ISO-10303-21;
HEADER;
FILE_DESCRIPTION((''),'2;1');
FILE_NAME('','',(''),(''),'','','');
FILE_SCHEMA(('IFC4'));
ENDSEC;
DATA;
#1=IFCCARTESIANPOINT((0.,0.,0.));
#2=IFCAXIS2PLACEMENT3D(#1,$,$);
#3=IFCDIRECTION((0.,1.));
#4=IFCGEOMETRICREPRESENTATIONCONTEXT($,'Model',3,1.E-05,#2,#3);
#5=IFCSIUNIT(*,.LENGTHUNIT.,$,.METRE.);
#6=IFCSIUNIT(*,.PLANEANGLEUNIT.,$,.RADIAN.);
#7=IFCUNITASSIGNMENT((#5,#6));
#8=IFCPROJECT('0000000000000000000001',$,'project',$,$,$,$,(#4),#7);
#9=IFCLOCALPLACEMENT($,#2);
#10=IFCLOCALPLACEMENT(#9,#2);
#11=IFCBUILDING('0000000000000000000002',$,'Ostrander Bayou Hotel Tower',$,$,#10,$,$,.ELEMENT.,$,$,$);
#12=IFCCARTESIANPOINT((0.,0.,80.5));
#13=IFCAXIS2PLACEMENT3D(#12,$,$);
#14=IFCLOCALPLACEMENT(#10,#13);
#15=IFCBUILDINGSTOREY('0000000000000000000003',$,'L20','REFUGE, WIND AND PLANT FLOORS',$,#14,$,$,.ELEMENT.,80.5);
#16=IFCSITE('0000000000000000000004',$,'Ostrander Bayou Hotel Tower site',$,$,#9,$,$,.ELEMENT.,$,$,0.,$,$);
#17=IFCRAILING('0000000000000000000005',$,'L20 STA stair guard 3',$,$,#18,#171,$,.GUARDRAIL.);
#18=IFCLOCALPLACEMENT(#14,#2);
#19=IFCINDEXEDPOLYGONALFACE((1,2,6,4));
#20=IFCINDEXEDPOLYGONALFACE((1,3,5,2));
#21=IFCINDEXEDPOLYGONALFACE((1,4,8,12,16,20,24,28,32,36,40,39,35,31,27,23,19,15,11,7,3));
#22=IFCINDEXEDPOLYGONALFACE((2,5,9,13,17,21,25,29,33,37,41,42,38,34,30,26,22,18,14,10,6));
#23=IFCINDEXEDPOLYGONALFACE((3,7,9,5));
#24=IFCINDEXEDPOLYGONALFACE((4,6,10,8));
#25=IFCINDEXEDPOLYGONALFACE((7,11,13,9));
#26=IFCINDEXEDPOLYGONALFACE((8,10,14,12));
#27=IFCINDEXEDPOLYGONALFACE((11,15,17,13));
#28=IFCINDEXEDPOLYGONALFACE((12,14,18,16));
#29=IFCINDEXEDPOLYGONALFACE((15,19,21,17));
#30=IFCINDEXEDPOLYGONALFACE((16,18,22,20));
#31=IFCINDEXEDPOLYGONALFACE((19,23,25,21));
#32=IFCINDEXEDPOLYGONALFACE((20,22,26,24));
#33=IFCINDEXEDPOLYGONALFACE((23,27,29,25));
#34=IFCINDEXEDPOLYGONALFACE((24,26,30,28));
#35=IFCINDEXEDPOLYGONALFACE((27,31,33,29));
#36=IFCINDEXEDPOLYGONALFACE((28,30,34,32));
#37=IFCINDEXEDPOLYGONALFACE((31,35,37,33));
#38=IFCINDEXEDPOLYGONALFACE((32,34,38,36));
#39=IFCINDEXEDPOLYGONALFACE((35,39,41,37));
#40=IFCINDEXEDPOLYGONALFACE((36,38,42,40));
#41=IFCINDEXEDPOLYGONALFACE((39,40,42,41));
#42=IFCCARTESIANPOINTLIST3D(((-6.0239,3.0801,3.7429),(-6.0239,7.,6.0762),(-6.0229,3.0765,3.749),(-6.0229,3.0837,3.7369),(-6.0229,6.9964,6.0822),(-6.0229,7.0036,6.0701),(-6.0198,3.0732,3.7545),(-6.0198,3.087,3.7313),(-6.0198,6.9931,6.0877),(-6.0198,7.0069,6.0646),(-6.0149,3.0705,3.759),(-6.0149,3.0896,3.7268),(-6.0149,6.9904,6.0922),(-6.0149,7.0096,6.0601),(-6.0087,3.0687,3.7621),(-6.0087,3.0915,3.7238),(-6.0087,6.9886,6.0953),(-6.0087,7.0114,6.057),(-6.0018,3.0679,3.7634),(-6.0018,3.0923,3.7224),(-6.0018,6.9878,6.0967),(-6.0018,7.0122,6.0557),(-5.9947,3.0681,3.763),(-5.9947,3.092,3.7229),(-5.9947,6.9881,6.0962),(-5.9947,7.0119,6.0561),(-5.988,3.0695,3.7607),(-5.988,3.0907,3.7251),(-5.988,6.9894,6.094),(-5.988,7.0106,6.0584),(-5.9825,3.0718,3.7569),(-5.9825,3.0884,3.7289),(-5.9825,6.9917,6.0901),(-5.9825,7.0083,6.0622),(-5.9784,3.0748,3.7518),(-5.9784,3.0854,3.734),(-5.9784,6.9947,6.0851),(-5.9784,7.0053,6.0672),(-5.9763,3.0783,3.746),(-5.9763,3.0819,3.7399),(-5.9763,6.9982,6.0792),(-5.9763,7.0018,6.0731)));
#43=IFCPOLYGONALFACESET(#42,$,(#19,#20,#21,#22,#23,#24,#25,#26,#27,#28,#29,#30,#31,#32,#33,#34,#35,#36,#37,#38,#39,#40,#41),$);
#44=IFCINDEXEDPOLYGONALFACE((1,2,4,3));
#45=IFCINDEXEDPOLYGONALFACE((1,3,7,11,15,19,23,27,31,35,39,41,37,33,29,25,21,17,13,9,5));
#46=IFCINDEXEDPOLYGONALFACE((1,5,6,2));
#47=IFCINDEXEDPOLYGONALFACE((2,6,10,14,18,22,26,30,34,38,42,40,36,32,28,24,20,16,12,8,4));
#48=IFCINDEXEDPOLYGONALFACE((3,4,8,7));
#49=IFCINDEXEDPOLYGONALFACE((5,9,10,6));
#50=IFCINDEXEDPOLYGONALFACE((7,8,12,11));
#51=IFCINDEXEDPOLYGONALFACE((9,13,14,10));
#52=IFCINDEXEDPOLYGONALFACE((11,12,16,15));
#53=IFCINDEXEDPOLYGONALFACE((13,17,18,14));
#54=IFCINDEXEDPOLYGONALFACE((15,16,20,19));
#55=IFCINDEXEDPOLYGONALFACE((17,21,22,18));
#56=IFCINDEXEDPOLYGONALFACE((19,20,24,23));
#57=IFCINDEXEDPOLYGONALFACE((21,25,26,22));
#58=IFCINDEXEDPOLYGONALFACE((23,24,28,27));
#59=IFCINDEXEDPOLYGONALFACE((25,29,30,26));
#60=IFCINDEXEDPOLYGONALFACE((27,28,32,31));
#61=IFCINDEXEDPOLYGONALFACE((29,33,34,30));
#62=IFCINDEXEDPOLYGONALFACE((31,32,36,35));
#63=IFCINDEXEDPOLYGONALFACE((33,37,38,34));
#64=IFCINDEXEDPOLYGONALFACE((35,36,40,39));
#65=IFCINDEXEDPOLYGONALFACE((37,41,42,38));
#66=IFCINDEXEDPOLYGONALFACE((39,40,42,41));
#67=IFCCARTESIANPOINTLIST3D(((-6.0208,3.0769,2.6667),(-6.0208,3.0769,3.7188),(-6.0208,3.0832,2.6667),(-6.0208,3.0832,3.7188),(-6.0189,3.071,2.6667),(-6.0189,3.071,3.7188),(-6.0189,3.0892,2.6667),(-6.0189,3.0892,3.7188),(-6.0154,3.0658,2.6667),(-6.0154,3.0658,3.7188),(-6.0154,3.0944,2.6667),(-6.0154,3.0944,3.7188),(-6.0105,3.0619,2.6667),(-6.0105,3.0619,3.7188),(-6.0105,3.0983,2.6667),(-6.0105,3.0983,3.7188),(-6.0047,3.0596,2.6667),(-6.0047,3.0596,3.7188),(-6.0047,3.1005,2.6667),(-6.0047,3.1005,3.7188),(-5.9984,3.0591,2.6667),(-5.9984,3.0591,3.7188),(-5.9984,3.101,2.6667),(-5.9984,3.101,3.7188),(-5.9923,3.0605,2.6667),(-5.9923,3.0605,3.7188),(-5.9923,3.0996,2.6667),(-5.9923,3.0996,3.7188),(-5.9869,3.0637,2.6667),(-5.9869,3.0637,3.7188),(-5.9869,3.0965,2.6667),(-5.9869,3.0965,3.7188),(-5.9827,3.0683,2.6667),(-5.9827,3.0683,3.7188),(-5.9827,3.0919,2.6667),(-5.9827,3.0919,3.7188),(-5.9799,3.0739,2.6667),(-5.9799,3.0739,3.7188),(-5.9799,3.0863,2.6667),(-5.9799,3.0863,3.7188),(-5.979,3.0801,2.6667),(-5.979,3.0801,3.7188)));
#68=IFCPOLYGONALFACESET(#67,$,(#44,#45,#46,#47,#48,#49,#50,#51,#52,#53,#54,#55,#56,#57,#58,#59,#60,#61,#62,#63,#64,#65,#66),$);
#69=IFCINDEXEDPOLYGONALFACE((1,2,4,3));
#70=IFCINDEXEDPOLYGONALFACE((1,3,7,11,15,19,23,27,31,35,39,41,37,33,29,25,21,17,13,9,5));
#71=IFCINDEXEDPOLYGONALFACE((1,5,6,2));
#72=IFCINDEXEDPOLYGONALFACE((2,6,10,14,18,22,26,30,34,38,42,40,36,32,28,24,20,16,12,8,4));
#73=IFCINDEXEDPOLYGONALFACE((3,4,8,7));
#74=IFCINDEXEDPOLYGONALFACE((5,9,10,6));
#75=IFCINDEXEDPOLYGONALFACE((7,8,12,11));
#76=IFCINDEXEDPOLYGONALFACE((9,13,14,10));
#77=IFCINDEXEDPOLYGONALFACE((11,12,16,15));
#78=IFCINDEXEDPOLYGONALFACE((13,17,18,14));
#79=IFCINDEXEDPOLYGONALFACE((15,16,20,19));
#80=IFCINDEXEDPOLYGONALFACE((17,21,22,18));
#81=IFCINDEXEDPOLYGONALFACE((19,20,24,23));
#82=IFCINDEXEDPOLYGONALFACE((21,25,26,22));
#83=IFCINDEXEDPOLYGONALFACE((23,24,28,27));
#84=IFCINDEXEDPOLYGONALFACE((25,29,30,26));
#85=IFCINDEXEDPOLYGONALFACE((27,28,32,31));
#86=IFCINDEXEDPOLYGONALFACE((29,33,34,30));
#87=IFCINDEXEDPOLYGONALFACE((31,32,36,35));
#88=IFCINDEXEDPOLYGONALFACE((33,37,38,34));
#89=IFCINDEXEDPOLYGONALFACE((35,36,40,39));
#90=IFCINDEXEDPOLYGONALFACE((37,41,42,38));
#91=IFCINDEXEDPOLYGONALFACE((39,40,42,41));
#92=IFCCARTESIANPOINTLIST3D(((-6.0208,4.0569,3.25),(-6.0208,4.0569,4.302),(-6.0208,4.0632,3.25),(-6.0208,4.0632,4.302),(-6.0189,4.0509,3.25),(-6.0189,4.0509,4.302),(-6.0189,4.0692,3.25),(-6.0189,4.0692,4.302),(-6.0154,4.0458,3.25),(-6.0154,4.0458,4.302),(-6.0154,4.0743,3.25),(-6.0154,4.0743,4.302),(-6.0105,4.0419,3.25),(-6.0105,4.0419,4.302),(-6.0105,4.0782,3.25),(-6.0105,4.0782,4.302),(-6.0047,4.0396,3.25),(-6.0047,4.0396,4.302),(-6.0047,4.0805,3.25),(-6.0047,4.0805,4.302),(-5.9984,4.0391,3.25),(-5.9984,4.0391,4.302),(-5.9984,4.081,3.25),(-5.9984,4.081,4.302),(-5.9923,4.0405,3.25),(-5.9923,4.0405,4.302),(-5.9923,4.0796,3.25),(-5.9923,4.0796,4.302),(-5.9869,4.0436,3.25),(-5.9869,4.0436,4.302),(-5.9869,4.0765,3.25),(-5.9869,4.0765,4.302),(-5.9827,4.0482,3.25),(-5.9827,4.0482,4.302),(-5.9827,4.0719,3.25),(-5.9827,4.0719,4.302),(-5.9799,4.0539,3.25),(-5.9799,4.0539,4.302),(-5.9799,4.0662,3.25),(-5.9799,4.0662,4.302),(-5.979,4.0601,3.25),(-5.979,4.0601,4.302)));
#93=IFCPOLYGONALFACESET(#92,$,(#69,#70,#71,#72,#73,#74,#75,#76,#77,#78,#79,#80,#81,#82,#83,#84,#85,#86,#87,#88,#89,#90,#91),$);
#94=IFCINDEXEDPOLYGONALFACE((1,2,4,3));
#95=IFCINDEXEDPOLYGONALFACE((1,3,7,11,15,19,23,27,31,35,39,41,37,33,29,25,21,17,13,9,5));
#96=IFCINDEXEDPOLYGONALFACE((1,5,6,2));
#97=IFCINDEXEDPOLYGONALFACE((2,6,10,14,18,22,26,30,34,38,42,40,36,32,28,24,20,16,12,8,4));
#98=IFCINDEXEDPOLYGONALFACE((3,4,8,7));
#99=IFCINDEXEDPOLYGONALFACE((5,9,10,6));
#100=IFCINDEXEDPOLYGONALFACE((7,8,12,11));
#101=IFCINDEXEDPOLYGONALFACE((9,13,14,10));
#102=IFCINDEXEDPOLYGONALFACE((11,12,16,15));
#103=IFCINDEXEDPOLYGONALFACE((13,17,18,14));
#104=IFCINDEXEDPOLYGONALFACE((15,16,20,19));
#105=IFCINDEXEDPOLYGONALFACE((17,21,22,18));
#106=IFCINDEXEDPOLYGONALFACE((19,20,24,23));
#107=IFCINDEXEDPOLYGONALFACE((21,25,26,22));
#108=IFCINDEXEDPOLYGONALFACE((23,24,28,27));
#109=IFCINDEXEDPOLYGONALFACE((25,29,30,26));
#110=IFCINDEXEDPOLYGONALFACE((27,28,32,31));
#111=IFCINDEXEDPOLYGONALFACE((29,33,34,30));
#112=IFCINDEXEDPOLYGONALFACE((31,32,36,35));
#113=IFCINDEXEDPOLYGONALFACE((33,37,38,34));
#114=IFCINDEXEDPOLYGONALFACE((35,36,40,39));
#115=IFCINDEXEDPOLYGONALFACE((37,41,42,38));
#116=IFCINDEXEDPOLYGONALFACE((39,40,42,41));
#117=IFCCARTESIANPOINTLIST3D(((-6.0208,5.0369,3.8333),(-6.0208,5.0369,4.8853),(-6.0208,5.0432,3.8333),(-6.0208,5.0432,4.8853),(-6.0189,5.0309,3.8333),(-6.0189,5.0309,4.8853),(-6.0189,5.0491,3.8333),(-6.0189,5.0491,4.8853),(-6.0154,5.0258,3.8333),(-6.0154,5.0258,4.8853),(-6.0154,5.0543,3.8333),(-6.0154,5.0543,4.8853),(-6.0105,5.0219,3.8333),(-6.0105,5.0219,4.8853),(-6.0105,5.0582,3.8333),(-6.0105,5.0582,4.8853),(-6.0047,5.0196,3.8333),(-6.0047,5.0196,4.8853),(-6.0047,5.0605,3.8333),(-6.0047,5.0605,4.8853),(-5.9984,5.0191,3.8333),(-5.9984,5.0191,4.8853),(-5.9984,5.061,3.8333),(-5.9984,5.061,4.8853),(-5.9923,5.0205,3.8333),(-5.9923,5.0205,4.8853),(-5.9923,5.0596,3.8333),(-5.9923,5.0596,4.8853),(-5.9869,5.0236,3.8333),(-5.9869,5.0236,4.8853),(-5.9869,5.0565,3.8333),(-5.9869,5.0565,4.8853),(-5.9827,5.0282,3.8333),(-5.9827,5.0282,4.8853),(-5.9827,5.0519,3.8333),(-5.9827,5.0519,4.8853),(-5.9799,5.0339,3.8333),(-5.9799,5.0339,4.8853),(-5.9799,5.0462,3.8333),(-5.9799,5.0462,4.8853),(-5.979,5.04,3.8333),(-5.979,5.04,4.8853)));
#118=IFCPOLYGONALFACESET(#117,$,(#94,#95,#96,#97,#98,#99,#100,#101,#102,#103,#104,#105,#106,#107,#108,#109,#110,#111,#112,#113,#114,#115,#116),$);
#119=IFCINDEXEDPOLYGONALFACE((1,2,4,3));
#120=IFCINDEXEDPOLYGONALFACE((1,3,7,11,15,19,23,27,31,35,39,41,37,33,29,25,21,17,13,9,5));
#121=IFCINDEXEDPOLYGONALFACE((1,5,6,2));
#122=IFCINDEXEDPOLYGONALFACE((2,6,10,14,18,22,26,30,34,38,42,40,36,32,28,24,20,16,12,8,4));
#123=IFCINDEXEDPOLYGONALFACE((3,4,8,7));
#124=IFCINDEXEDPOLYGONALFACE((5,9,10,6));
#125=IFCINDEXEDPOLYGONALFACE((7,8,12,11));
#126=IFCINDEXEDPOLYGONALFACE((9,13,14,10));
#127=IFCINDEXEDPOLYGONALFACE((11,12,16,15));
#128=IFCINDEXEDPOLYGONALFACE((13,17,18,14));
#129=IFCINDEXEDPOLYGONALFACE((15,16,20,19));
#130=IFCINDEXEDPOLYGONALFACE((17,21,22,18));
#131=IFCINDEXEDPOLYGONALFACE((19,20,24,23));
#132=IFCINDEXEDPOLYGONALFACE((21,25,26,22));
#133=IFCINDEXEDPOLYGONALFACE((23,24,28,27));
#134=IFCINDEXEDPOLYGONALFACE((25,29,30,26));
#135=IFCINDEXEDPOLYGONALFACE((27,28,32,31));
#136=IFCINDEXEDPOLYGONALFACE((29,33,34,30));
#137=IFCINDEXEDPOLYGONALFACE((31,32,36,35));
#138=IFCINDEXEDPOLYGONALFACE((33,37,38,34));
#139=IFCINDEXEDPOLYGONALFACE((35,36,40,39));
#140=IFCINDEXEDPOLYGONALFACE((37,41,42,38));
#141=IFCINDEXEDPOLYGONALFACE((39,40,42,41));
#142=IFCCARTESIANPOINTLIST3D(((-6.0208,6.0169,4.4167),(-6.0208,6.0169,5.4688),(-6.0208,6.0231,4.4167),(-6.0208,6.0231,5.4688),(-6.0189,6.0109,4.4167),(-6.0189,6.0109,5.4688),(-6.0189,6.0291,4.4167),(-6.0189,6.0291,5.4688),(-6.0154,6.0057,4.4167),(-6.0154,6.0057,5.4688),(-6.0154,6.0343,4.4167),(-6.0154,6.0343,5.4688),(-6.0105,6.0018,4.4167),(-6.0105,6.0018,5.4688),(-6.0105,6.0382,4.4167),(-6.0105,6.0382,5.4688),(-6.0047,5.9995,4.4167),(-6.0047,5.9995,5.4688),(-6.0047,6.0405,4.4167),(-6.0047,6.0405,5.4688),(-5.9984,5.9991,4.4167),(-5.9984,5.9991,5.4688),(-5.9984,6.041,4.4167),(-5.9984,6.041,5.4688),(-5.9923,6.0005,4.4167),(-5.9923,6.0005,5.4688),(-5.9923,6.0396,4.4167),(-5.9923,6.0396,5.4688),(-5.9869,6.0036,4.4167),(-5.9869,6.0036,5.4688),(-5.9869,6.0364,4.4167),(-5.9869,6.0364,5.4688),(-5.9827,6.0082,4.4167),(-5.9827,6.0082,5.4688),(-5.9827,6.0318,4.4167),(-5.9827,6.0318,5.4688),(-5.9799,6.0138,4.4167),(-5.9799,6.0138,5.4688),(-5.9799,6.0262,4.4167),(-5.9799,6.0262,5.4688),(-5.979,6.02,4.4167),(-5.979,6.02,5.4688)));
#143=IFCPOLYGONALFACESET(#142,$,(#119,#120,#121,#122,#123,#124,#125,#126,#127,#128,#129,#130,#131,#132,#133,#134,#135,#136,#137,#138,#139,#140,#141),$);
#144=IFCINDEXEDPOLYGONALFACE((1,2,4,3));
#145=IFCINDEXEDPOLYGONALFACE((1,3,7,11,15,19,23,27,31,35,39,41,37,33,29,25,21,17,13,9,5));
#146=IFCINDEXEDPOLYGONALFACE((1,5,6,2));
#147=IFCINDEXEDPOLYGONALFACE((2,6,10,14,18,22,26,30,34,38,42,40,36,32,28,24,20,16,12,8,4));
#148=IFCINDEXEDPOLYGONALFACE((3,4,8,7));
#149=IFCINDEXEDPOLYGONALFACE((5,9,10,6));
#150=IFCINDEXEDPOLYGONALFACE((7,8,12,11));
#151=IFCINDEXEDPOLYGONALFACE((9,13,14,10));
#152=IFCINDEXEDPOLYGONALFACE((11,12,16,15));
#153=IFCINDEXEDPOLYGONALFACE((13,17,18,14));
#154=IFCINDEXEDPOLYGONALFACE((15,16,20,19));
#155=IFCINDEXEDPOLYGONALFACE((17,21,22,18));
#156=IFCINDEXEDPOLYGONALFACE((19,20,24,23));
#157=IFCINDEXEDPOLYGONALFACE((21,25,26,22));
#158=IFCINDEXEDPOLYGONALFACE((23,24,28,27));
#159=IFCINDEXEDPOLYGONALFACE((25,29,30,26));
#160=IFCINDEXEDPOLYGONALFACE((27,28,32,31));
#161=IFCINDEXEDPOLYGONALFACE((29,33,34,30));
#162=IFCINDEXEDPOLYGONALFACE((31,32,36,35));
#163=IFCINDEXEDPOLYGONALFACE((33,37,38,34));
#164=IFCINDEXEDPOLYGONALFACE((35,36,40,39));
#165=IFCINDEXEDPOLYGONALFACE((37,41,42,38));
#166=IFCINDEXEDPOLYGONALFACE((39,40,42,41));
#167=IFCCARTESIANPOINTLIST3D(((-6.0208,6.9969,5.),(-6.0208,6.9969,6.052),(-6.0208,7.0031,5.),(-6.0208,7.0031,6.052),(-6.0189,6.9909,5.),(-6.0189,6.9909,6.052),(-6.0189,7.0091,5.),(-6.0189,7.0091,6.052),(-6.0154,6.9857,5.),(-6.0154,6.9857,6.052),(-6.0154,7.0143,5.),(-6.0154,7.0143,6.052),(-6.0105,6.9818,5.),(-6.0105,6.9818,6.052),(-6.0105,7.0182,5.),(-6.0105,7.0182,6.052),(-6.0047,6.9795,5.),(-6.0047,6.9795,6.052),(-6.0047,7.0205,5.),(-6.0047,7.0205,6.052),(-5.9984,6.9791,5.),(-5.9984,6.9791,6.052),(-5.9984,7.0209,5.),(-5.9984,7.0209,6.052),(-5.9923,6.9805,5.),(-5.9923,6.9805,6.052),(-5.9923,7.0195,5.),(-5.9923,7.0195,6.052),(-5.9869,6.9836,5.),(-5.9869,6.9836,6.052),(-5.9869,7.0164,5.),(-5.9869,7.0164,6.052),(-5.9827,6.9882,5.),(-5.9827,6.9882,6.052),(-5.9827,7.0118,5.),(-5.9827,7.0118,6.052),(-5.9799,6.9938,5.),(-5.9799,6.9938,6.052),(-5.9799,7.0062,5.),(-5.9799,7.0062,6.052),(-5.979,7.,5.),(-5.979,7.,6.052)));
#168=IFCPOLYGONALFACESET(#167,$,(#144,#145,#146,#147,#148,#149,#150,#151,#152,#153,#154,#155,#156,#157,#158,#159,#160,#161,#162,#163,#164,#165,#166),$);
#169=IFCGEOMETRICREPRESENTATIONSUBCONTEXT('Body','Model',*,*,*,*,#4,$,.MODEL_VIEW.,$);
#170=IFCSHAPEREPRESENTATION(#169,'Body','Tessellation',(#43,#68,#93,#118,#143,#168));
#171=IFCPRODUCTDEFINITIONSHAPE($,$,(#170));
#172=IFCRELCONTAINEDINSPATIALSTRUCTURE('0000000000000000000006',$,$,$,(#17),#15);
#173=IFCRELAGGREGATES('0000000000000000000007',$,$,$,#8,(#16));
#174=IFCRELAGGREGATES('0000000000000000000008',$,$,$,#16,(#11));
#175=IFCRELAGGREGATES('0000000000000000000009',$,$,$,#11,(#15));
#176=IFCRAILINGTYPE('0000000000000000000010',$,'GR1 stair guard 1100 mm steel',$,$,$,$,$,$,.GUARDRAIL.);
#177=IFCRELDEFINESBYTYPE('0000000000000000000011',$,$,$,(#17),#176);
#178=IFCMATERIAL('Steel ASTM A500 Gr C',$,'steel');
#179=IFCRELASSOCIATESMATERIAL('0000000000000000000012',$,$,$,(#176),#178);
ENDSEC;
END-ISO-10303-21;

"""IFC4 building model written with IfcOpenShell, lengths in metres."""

from ifc_helpers import new_model, si_unit, direction, frame, origin, origin_2d, place, context, subcontext, project, spatial, circle, extrude, material, type_object, element, save


model = new_model("IFC4")

# Units and contexts
model_context = context("Model", 3, precision=1e-05, world=origin(), true_north=direction((0.0, 1.0)))
body_context = subcontext(model_context, "Body", "Model", "MODEL_VIEW")
ifc_project = project(units=[si_unit("LENGTHUNIT", "METRE"), si_unit("PLANEANGLEUNIT", "RADIAN")], contexts=[model_context])

# Site, building, storey
site_placement = place(None, origin())
site = spatial("IfcSite", under=ifc_project, at=site_placement, Name="Ostrander Bayou Hotel Tower site", CompositionType="ELEMENT", RefElevation=0.0)
building_placement = place(site_placement, origin())
building = spatial("IfcBuilding", under=site, at=building_placement, Name="Ostrander Bayou Hotel Tower", CompositionType="ELEMENT")
storey_placement = place(building_placement, frame((0.0, 0.0, 80.5)))
storey = spatial("IfcBuildingStorey", under=building, at=storey_placement, Name="L20", Description="REFUGE, WIND AND PLANT FLOORS", CompositionType="ELEMENT", Elevation=80.5)

# Railing
ifc_material_1 = material(Name="Steel ASTM A500 Gr C", Category="steel")
railing_type_1 = type_object("IfcRailingType", Name="GR1 stair guard 1100 mm steel", PredefinedType="GUARDRAIL", material=ifc_material_1)
railing_1_placement = place(storey_placement, frame((-6.0, 3.0801, 2.6667)))
element("IfcRailing", 1, at=railing_1_placement, inside=storey, type_object=railing_type_1, Name="L20 STA stair guard 3", PredefinedType="GUARDRAIL", context=body_context, shape_type="SweptSolid", body=[
    extrude(circle(Radius=0.0239, at=origin_2d()), frame((0.0, 0.0, 1.0762), z_axis=(0.0, 0.859296, 0.511478), x_axis=(-1.0, 0.0, 0.0)), (0.0, 0.0, 1.0), 4.5618),
    extrude(circle(Radius=0.021, at=origin_2d()), origin(), (0.0, 0.0, 1.0), 1.052),
    extrude(circle(Radius=0.021, at=origin_2d()), frame((0.0, 0.98, 0.5833)), (0.0, 0.0, 1.0), 1.052),
    extrude(circle(Radius=0.021, at=origin_2d()), frame((0.0, 1.96, 1.1665)), (0.0, 0.0, 1.0), 1.052),
    extrude(circle(Radius=0.021, at=origin_2d()), frame((0.0, 2.9399, 1.75)), (0.0, 0.0, 1.0), 1.052),
    extrude(circle(Radius=0.021, at=origin_2d()), frame((0.0, 3.9199, 2.3333)), (0.0, 0.0, 1.0), 1.052),
])

save(model, "model.ifc")
